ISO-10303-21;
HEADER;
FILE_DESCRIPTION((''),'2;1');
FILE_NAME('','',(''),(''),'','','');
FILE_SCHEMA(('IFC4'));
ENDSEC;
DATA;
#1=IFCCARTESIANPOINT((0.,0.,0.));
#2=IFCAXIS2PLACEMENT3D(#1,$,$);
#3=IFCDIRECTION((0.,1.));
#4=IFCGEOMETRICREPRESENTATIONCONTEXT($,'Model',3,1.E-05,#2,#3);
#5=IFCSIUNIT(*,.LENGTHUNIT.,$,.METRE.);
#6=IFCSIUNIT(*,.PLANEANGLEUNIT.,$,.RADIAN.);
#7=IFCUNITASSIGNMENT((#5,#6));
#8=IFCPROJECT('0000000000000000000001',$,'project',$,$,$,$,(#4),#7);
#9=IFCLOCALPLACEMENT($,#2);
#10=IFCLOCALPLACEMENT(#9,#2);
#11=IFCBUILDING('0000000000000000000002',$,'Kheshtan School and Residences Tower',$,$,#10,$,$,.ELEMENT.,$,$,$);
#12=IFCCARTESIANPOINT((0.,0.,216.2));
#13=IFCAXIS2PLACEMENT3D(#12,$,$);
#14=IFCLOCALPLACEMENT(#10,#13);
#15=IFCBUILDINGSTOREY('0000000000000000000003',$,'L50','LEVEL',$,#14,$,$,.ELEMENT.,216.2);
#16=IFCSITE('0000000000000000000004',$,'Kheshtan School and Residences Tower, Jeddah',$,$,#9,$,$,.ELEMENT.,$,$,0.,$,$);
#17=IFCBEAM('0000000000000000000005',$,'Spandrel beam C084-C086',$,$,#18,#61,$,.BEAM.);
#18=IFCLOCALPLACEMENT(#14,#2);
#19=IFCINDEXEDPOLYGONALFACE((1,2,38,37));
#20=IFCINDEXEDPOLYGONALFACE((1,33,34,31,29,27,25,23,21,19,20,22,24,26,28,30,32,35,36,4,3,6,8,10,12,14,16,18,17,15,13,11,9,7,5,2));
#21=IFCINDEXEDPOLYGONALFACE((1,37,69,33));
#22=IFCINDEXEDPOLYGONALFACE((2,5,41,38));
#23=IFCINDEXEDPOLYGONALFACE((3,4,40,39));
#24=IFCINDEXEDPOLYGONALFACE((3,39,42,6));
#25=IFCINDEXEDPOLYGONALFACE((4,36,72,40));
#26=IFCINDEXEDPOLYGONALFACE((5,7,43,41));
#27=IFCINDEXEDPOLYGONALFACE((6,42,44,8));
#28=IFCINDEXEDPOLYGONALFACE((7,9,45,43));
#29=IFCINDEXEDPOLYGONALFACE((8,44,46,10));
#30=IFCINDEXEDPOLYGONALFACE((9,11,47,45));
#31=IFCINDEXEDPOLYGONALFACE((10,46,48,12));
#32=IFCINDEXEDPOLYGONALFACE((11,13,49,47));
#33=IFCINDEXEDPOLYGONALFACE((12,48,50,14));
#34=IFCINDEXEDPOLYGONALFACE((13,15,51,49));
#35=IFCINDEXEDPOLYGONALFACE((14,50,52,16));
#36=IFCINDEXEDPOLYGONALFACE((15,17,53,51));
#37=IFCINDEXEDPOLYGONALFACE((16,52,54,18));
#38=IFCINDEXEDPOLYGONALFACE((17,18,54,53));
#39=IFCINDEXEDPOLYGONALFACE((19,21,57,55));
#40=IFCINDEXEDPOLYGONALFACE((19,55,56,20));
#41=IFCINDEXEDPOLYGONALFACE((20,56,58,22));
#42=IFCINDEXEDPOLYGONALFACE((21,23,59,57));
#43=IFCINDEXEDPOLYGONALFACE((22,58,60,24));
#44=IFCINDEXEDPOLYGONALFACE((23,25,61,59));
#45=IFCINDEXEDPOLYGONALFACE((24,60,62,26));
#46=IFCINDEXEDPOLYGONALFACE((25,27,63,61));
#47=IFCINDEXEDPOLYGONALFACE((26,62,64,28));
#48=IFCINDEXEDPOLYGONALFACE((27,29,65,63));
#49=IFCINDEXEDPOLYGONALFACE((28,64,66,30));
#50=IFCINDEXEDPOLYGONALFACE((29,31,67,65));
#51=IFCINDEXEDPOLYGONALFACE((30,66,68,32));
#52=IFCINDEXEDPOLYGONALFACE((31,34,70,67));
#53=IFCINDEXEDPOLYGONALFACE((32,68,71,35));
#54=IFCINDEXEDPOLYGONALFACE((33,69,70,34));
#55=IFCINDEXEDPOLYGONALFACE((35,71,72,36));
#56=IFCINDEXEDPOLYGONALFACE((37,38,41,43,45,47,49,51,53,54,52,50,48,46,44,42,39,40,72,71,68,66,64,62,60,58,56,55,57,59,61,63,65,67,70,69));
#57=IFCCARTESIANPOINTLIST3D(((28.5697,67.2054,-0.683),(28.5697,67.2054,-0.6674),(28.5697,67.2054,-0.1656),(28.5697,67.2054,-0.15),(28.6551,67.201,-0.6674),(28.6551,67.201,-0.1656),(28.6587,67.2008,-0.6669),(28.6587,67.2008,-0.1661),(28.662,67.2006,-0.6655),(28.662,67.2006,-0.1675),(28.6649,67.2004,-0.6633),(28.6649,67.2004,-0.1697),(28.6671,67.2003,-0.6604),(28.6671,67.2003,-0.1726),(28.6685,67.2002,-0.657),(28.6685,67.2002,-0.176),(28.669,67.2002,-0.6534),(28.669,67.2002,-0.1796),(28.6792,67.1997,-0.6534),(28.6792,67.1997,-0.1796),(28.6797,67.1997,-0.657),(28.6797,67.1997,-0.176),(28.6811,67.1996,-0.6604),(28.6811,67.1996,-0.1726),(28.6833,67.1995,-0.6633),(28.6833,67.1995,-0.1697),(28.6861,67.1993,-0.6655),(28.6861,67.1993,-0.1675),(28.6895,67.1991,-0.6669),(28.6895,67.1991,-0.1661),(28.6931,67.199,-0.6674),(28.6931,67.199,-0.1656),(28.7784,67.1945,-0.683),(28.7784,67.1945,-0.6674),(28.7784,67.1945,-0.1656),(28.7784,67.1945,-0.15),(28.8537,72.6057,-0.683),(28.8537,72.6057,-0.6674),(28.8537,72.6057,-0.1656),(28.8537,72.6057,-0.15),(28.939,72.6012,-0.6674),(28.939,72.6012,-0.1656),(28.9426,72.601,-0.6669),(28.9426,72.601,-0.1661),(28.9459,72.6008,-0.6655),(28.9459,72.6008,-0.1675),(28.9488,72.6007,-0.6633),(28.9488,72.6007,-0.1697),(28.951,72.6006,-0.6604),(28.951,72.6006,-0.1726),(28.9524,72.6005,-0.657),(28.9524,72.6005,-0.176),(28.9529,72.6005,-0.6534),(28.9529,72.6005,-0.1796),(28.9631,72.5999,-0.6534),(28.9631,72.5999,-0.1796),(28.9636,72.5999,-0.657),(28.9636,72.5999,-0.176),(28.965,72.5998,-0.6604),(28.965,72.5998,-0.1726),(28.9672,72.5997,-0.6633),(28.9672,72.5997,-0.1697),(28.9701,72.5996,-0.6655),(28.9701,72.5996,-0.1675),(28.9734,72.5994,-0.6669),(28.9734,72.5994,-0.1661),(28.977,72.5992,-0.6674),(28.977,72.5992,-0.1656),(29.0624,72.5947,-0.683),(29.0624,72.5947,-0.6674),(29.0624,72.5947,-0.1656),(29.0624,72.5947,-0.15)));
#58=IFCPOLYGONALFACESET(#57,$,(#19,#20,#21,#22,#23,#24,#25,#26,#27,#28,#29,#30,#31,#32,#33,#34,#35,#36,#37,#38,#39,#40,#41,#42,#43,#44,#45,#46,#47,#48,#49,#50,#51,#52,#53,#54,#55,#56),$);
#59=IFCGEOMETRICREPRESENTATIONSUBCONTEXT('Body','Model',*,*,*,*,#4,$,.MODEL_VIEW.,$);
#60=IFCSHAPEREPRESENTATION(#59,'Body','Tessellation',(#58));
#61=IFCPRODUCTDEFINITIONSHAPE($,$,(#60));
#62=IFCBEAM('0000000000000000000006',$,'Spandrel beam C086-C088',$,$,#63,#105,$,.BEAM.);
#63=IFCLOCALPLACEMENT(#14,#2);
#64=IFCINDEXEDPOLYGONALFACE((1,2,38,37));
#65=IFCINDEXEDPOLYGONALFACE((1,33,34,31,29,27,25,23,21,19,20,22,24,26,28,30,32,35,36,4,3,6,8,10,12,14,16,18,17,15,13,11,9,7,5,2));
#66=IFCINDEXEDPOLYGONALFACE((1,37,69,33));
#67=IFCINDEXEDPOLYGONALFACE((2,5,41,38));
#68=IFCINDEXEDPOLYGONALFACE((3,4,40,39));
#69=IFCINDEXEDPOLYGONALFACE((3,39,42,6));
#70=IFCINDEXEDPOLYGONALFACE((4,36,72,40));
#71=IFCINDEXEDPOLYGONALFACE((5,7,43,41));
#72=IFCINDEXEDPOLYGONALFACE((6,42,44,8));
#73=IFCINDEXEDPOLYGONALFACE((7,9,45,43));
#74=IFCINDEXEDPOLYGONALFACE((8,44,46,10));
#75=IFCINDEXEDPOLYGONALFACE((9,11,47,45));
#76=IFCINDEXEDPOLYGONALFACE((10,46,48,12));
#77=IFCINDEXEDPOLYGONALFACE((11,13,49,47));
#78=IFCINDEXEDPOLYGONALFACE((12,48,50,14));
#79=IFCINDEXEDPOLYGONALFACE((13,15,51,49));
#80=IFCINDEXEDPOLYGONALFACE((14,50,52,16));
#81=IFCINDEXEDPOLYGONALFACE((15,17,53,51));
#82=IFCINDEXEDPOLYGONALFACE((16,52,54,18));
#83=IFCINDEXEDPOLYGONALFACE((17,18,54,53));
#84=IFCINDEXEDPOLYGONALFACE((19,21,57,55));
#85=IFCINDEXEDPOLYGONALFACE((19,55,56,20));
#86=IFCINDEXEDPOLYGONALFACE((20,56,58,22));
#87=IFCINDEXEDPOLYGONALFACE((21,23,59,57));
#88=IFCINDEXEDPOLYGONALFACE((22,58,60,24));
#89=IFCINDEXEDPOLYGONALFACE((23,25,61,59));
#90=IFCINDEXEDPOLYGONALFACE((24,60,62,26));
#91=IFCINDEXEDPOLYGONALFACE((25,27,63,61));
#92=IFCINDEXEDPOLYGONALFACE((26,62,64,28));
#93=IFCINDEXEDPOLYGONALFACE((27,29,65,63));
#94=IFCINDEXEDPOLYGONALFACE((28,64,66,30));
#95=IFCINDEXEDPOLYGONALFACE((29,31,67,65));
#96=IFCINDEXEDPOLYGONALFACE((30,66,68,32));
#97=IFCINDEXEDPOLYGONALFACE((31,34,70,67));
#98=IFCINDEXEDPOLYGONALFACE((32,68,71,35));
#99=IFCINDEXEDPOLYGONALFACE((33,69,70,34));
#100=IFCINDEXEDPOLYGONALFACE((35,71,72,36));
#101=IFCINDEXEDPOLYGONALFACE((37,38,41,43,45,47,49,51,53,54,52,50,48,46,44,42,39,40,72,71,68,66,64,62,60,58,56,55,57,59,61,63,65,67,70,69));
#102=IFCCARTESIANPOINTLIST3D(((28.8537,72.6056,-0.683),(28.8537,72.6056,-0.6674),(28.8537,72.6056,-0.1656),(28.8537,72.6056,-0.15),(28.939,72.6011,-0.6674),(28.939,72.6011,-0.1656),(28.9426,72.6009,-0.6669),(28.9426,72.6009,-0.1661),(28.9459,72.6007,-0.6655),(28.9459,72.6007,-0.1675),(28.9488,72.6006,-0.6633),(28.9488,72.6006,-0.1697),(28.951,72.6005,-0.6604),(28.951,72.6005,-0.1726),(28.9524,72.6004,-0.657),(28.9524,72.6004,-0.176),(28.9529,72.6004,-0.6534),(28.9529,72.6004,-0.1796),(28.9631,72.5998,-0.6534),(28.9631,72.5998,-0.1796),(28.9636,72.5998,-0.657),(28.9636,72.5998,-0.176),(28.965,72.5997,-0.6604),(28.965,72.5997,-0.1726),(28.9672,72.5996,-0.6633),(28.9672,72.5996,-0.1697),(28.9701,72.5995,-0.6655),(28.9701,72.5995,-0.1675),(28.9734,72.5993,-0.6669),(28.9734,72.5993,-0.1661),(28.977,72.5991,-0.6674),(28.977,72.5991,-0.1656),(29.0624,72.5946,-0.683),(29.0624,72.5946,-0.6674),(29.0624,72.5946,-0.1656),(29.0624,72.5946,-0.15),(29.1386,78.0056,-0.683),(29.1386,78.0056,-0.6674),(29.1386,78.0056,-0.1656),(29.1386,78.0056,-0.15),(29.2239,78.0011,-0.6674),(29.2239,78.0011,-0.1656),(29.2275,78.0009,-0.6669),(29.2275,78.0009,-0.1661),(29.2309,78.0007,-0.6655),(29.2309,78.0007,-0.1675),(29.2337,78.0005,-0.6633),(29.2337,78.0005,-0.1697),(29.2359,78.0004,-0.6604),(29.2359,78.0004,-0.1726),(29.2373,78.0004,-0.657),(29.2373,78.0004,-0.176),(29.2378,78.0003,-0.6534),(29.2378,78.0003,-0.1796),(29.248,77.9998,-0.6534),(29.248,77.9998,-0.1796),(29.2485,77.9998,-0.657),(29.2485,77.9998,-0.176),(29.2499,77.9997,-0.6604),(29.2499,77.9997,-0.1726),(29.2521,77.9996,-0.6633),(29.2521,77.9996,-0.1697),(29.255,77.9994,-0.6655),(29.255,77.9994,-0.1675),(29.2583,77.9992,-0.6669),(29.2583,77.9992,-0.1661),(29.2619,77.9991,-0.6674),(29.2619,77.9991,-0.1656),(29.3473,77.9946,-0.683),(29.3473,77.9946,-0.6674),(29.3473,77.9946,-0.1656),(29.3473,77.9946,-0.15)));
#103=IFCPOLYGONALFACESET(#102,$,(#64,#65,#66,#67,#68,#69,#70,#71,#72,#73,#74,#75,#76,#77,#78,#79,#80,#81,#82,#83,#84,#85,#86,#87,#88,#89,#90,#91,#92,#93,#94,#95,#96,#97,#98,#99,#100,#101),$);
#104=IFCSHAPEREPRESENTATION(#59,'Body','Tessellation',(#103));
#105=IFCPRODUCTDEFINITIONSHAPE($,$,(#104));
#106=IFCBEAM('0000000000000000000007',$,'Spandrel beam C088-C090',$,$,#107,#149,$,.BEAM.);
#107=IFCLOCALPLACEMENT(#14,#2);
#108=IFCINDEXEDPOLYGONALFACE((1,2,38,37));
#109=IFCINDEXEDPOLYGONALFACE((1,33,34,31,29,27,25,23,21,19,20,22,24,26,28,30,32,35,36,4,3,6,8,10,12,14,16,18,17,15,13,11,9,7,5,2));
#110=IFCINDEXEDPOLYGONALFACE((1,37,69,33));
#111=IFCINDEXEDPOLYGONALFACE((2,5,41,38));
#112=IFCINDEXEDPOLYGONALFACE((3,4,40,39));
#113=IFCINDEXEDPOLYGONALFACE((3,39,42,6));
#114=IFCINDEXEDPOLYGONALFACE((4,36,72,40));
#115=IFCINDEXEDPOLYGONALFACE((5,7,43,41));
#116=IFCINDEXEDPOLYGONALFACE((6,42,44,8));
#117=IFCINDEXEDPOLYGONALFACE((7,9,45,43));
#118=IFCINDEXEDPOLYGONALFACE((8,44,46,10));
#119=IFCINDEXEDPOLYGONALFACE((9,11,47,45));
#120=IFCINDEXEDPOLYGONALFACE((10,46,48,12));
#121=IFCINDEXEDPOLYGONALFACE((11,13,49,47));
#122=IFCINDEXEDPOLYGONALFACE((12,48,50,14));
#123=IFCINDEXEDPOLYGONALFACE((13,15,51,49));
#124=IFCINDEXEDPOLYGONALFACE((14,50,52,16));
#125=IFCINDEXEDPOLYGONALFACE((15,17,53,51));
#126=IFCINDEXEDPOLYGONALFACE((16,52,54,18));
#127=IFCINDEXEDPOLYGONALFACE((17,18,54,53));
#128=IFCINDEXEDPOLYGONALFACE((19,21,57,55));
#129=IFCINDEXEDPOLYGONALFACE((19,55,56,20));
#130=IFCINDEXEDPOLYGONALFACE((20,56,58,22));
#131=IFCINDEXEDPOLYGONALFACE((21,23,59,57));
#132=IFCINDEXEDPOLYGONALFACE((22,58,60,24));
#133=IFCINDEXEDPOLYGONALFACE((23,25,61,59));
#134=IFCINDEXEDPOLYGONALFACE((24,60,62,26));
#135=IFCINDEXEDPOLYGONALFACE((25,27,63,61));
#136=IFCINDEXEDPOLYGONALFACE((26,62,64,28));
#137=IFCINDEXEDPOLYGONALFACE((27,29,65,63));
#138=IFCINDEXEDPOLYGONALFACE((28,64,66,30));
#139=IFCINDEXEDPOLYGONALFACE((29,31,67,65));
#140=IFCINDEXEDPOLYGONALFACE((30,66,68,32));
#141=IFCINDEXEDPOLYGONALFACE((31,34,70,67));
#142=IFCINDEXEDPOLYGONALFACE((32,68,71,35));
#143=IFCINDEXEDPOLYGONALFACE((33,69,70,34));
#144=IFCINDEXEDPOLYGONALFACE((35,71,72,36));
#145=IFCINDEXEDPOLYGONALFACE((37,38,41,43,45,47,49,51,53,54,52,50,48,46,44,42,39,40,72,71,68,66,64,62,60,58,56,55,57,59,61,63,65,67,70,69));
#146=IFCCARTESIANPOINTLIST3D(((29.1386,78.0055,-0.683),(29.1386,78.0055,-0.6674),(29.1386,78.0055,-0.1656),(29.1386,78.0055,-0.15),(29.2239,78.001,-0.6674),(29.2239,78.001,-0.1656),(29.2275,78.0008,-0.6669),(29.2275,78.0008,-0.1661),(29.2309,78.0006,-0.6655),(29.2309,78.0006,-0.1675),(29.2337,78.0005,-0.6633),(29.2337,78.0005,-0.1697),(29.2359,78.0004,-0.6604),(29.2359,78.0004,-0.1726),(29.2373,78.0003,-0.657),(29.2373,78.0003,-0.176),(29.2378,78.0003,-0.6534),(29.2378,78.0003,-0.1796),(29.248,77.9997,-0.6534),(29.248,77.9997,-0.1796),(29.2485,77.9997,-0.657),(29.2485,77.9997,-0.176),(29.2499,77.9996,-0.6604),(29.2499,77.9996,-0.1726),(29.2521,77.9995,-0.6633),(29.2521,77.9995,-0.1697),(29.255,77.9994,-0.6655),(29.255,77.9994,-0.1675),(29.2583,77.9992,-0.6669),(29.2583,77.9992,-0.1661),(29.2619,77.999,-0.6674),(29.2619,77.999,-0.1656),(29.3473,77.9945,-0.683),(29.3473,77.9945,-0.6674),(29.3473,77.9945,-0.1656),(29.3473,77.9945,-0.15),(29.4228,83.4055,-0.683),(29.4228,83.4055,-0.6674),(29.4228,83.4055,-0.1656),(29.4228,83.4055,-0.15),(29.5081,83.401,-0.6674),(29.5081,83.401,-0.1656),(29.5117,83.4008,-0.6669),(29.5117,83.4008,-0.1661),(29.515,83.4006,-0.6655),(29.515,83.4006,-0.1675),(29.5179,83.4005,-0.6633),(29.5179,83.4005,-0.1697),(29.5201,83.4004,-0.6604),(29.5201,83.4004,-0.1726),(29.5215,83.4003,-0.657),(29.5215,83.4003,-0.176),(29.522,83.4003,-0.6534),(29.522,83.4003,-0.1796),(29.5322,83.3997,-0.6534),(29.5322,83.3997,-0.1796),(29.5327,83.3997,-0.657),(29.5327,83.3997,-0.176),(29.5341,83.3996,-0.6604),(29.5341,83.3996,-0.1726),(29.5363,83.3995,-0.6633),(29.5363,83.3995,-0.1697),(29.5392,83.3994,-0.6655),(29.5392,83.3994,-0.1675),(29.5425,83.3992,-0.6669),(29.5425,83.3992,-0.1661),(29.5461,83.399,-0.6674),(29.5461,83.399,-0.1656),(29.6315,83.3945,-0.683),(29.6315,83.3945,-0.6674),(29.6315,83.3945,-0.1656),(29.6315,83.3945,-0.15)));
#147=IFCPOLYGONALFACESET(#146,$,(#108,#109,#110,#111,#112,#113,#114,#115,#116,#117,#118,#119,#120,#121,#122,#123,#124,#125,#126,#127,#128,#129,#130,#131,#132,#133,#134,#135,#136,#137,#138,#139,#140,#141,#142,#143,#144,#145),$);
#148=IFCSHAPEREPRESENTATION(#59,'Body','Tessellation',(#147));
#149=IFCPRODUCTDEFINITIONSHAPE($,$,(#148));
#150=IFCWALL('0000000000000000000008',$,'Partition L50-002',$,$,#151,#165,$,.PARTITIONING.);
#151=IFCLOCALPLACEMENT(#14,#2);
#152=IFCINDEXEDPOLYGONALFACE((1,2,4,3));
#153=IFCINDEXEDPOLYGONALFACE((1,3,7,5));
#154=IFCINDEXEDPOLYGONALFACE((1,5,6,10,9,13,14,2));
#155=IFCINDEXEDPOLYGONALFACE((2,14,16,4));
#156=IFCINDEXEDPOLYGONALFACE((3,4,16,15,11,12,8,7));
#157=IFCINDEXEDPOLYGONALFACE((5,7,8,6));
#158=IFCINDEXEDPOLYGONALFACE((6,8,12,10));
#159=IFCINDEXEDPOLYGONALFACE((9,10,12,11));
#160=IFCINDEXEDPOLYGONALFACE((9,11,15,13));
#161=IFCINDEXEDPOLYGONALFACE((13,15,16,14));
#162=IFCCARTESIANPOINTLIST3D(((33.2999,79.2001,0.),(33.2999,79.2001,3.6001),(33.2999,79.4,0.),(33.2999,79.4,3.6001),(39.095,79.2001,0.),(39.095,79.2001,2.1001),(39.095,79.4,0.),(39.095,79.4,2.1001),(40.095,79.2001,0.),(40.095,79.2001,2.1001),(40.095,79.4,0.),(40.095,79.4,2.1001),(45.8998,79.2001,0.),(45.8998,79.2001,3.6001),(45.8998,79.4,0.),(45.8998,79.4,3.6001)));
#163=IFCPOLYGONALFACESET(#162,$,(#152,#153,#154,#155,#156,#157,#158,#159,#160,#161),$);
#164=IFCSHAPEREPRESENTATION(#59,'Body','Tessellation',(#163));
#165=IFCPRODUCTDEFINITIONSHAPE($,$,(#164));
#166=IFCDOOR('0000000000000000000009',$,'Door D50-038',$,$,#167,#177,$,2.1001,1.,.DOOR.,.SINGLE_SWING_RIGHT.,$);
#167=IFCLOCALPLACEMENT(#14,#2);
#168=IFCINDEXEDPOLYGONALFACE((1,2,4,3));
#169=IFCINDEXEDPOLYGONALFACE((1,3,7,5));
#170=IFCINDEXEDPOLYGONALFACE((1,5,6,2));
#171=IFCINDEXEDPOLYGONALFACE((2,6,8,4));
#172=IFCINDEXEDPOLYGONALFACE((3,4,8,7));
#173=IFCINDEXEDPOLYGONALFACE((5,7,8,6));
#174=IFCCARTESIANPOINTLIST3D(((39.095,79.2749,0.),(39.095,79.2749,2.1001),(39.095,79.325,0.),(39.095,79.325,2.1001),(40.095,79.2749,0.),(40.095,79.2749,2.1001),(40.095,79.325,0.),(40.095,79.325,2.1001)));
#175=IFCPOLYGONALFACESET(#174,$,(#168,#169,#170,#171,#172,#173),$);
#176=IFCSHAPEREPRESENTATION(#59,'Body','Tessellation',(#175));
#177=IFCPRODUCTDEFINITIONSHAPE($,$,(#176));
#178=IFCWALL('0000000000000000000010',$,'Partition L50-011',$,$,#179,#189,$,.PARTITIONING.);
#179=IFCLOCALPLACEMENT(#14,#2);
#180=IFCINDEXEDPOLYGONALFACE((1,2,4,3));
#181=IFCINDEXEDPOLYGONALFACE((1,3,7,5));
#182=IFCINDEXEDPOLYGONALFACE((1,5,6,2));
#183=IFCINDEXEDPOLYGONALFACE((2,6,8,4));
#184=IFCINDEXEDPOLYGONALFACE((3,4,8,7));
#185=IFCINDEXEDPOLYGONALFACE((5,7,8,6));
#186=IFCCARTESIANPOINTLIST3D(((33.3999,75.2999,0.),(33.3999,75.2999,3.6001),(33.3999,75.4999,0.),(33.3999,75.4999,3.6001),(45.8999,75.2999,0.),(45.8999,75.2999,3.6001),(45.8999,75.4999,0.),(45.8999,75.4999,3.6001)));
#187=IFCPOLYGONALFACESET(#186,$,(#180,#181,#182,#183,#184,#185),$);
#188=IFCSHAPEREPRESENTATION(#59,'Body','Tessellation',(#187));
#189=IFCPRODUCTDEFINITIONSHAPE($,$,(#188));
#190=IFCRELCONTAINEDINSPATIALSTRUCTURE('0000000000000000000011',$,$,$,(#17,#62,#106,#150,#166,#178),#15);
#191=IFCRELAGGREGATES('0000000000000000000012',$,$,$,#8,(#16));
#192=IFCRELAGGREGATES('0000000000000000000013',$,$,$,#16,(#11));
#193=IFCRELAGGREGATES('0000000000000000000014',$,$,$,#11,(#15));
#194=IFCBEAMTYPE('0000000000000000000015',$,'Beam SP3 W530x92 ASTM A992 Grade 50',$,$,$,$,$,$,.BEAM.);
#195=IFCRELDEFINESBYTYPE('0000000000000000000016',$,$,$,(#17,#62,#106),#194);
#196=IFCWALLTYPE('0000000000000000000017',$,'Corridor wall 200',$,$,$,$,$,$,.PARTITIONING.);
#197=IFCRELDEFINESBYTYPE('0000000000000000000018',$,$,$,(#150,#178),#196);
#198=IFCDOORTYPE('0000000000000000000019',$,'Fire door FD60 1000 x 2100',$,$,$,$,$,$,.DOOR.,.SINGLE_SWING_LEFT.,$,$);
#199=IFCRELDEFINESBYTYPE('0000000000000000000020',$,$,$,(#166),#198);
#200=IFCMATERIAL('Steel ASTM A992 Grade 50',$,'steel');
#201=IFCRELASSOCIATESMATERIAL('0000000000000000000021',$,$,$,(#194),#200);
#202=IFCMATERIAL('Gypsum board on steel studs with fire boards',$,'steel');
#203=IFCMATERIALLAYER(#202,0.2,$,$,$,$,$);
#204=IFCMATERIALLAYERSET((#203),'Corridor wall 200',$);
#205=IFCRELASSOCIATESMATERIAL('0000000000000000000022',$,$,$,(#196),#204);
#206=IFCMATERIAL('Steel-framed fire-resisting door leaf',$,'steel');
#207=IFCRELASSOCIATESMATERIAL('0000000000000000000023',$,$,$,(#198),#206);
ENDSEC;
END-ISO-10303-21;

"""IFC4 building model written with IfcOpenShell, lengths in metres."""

from ifc_helpers import new_model, si_unit, direction, frame, frame_2d, origin, origin_2d, place, context, subcontext, project, spatial, rectangle, i_section, extrude, source, transform, mapped, material, layer, layer_set, material_profile, profile_set, type_object, element, fill, save


model = new_model("IFC4")

# Units and contexts
model_context = context("Model", 3, precision=1e-05, world=origin(), true_north=direction((0.0, 1.0)))
body_context = subcontext(model_context, "Body", "Model", "MODEL_VIEW")
ifc_project = project(units=[si_unit("LENGTHUNIT", "METRE"), si_unit("PLANEANGLEUNIT", "RADIAN")], contexts=[model_context])

# Site, building, storey
site_placement = place(None, origin())
site = spatial("IfcSite", under=ifc_project, at=site_placement, Name="Kheshtan School and Residences Tower, Jeddah", CompositionType="ELEMENT", RefElevation=0.0)
building_placement = place(site_placement, origin())
building = spatial("IfcBuilding", under=site, at=building_placement, Name="Kheshtan School and Residences Tower", CompositionType="ELEMENT")
storey_placement = place(building_placement, frame((0.0, 0.0, 216.2)))
storey = spatial("IfcBuildingStorey", under=building, at=storey_placement, Name="L50", Description="LEVEL", CompositionType="ELEMENT", Elevation=216.2)

# Shared definitions
ifc_material_1 = material(Name="Steel ASTM A992 Grade 50", Category="steel")

# Beams
ifc_material_profile_1 = material_profile(ifc_material_1, i_section(OverallWidth=0.209, OverallDepth=0.533, WebThickness=0.0103, FlangeThickness=0.0156, FilletRadius=0.0139, at=origin_2d()), Name="W530x92")
ifc_profile_set_1 = profile_set([ifc_material_profile_1], Name="Steel ASTM A992 Grade 50")
beam_type_1 = type_object("IfcBeamType", Name="Beam SP3 W530x92 ASTM A992 Grade 50", PredefinedType="BEAM", material=ifc_profile_set_1)
beam_1_placement = place(storey_placement, frame((28.6741, 67.2, -0.4165), z_axis=(0.052507, 0.998621, 0.0), x_axis=(-0.998621, 0.052507, 0.0)))
element("IfcBeam", 1, at=beam_1_placement, inside=storey, type_object=beam_type_1, Name="Spandrel beam C084-C086", PredefinedType="BEAM", context=body_context, shape_type="SweptSolid", body=[
    extrude(i_section(OverallWidth=0.209, OverallDepth=0.533, WebThickness=0.0103, FlangeThickness=0.0156, FilletRadius=0.0139, at=origin_2d()), origin(), (0.0, 0.0, 1.0), 5.4077),
])
for number, where, z_axis, x_axis, name in (
    (2, (28.958, 72.6001, -0.4165), (0.052689, 0.998611, 0.0), (-0.998611, 0.052689, 0.0), "Spandrel beam C086-C088"),
    (3, (29.2429, 78.0, -0.4165), (0.052554, 0.998618, 0.0), (-0.998618, 0.052554, 0.0), "Spandrel beam C088-C090"),
):
    element("IfcBeam", number, at=place(storey_placement, frame(where, z_axis=z_axis, x_axis=x_axis)), inside=storey, type_object=beam_type_1, Name=name, PredefinedType="BEAM", context=body_context, shape_type="SweptSolid", body=[
        extrude(i_section(OverallWidth=0.209, OverallDepth=0.533, WebThickness=0.0103, FlangeThickness=0.0156, FilletRadius=0.0139, at=origin_2d()), origin(), (0.0, 0.0, 1.0), 5.4075),
    ])

# Wall, opening, door
ifc_material_2 = material(Name="Gypsum board on steel studs with fire boards", Category="steel")
ifc_layer_1 = layer(ifc_material_2, 0.2)
ifc_layer_set_1 = layer_set([ifc_layer_1], Name="Corridor wall 200")
wall_type_1 = type_object("IfcWallType", Name="Corridor wall 200", PredefinedType="PARTITIONING", material=ifc_layer_set_1)
wall_1_placement = place(storey_placement, frame((33.3, 79.3, 0.0), z_axis=(0.0, 0.0, 1.0), x_axis=(1.0, 0.0, 0.0)))
wall_1 = element("IfcWall", 4, at=wall_1_placement, inside=storey, type_object=wall_type_1, Name="Partition L50-002", PredefinedType="PARTITIONING", context=body_context, shape_type="SweptSolid", body=[
    extrude(rectangle(XDim=12.5999, YDim=0.2, at=frame_2d((6.2998, 0.0))), origin(), (0.0, 0.0, 1.0), 3.6001),
])
opening_1_placement = place(wall_1_placement, frame((5.7949, 0.0, 0.0)))
opening_1 = element("IfcOpeningElement", 5, at=opening_1_placement, cuts=wall_1, PredefinedType="OPENING", context=body_context, shape_type="SweptSolid", body=[
    extrude(rectangle(XDim=1.0, YDim=2.1001, at=frame_2d((0.5, 1.05))), frame((0.0, 0.1099, 0.0), z_axis=(0.0, -1.0, 0.0), x_axis=(1.0, 0.0, 0.0)), (0.0, 0.0, 1.0), 0.22),
])
ifc_material_3 = material(Name="Steel-framed fire-resisting door leaf", Category="steel")
door_type_1 = type_object("IfcDoorType", Name="Fire door FD60 1000 x 2100", OperationType="SINGLE_SWING_LEFT", PredefinedType="DOOR", material=ifc_material_3)
shared_shape_1 = source(origin(), body_context, "Body", "SweptSolid", [
    extrude(rectangle(XDim=1.0, YDim=2.1001, at=frame_2d((0.5, 1.05))), frame((0.0, 0.0249, 0.0), z_axis=(0.0, -1.0, 0.0), x_axis=(1.0, 0.0, 0.0)), (0.0, 0.0, 1.0), 0.05),
])
door_1_placement = place(opening_1_placement, origin())
door_1 = element("IfcDoor", 6, at=door_1_placement, inside=storey, type_object=door_type_1, Name="Door D50-038", OperationType="SINGLE_SWING_RIGHT", OverallHeight=2.1001, OverallWidth=1.0, PredefinedType="DOOR", context=body_context, shape_type="MappedRepresentation", body=[
    mapped(shared_shape_1, transform((0.0, 0.0, 0.0), x_axis=(1.0, 0.0, 0.0), y_axis=(0.0, 1.0, 0.0), z_axis=(0.0, 0.0, 1.0), scale=1.0)),
])
fill(opening_1, door_1)

# Wall
wall_2_placement = place(storey_placement, frame((33.3999, 75.3999, 0.0), z_axis=(0.0, 0.0, 1.0), x_axis=(1.0, 0.0, 0.0)))
element("IfcWall", 7, at=wall_2_placement, inside=storey, type_object=wall_type_1, Name="Partition L50-011", PredefinedType="PARTITIONING", context=body_context, shape_type="SweptSolid", body=[
    extrude(rectangle(XDim=12.5, YDim=0.2, at=frame_2d((6.25, 0.0))), origin(), (0.0, 0.0, 1.0), 3.6001),
])

save(model, "model.ifc")
